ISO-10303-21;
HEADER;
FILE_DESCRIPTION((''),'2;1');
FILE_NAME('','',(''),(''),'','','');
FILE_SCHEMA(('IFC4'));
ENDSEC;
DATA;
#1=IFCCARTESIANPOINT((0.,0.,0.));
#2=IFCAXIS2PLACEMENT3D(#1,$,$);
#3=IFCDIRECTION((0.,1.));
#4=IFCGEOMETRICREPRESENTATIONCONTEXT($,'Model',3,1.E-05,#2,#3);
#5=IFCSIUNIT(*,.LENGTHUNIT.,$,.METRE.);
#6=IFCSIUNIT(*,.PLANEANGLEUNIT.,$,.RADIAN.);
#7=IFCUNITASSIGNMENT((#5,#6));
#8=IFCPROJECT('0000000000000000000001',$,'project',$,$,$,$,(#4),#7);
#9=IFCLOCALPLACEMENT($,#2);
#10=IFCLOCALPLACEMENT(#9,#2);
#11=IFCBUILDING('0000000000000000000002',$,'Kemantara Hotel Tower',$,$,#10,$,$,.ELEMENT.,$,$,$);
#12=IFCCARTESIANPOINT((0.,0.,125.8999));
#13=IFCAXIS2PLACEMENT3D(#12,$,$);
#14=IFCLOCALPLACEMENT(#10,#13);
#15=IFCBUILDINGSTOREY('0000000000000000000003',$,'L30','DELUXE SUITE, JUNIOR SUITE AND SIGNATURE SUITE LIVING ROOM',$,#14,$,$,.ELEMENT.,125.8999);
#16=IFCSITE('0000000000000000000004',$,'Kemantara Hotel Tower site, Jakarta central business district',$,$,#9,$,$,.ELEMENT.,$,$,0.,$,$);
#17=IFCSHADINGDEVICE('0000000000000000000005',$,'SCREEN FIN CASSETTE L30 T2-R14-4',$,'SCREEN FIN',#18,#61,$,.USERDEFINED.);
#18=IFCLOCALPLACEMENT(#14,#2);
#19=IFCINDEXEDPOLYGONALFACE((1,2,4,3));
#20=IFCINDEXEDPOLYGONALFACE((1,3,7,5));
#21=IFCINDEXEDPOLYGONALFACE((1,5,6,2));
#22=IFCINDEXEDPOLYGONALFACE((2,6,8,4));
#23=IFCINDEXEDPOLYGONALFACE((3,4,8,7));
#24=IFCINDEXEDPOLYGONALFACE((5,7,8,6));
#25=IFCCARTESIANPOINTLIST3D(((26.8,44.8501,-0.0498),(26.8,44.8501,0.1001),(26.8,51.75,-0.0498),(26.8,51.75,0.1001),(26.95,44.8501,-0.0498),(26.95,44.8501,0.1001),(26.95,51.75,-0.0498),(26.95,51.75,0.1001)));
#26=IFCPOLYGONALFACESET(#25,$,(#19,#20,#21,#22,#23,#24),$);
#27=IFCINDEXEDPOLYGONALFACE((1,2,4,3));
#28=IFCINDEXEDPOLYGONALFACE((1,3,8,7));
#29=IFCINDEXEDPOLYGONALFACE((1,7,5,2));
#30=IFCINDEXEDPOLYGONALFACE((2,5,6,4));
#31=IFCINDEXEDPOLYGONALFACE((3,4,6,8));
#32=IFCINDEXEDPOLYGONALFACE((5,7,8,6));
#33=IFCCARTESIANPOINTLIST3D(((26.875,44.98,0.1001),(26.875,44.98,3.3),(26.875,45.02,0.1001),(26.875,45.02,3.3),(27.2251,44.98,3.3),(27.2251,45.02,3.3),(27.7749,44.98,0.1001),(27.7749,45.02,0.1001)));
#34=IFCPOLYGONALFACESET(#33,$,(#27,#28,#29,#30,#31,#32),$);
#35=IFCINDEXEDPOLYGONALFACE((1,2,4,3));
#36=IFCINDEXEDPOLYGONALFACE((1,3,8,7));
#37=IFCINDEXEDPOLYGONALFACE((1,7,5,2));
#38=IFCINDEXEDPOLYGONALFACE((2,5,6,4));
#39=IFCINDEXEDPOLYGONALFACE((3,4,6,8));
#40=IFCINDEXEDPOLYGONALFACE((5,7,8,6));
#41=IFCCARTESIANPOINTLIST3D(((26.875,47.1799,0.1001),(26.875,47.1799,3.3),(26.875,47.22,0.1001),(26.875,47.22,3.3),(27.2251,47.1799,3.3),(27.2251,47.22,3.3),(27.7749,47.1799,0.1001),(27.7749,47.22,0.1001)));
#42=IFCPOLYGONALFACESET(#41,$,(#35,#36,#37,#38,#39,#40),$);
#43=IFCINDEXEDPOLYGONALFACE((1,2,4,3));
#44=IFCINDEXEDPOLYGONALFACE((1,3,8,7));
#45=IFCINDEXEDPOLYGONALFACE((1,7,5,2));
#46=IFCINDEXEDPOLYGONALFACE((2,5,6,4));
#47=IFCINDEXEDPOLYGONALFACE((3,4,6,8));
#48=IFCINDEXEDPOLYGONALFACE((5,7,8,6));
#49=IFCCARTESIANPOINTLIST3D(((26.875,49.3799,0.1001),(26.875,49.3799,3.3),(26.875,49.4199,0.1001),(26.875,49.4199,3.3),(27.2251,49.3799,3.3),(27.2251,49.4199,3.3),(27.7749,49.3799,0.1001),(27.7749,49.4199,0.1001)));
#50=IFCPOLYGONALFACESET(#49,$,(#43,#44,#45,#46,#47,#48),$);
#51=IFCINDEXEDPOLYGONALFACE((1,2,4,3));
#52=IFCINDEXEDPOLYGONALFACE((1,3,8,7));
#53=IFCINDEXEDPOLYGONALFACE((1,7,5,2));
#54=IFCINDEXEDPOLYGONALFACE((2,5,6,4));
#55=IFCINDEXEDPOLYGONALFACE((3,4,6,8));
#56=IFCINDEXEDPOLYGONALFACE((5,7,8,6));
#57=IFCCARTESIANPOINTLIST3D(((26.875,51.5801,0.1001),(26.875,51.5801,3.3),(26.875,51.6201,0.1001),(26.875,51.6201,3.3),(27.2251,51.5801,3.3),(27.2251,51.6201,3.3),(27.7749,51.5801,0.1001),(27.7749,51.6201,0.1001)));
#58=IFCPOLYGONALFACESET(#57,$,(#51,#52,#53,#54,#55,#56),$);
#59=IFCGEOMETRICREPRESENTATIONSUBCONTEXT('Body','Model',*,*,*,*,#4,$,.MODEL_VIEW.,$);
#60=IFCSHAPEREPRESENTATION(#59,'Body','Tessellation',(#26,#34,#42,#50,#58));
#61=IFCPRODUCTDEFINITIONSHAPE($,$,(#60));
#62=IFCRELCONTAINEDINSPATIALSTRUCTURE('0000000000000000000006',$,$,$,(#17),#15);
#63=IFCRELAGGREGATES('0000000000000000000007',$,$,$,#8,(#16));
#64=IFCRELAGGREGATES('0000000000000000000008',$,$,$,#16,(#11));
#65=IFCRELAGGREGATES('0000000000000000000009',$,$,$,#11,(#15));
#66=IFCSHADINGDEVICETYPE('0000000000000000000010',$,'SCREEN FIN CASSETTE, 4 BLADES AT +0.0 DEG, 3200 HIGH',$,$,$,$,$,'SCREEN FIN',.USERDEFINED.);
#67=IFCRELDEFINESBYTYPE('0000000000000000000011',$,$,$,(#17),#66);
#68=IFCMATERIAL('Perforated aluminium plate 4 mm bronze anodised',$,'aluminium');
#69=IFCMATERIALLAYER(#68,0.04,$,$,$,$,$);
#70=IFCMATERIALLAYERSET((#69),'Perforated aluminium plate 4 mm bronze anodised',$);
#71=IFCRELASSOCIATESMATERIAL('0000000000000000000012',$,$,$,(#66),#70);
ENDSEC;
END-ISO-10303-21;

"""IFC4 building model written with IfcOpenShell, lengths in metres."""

from ifc_helpers import new_model, si_unit, direction, frame, origin, origin_2d, place, context, subcontext, project, spatial, polyline, rectangle, outline, extrude, source, transform, mapped, material, layer, layer_set, type_object, element, save


model = new_model("IFC4")

# Units and contexts
model_context = context("Model", 3, precision=1e-05, world=origin(), true_north=direction((0.0, 1.0)))
body_context = subcontext(model_context, "Body", "Model", "MODEL_VIEW")
ifc_project = project(units=[si_unit("LENGTHUNIT", "METRE"), si_unit("PLANEANGLEUNIT", "RADIAN")], contexts=[model_context])

# Site, building, storey
site_placement = place(None, origin())
site = spatial("IfcSite", under=ifc_project, at=site_placement, Name="Kemantara Hotel Tower site, Jakarta central business district", CompositionType="ELEMENT", RefElevation=0.0)
building_placement = place(site_placement, origin())
building = spatial("IfcBuilding", under=site, at=building_placement, Name="Kemantara Hotel Tower", CompositionType="ELEMENT")
storey_placement = place(building_placement, frame((0.0, 0.0, 125.8999)))
storey = spatial("IfcBuildingStorey", under=building, at=storey_placement, Name="L30", Description="DELUXE SUITE, JUNIOR SUITE AND SIGNATURE SUITE LIVING ROOM", CompositionType="ELEMENT", Elevation=125.8999)

# Shading device
ifc_material_1 = material(Name="Perforated aluminium plate 4 mm bronze anodised", Category="aluminium")
ifc_layer_1 = layer(ifc_material_1, 0.04)
ifc_layer_set_1 = layer_set([ifc_layer_1], Name="Perforated aluminium plate 4 mm bronze anodised")
shading_device_type_1 = type_object("IfcShadingDeviceType", Name="SCREEN FIN CASSETTE, 4 BLADES AT +0.0 DEG, 3200 HIGH", ElementType="SCREEN FIN", PredefinedType="USERDEFINED", material=ifc_layer_set_1)
shared_shape_1 = source(origin(), body_context, "Body", "SweptSolid", [
    extrude(rectangle(XDim=6.8999, YDim=0.1499, at=origin_2d()), frame((3.3, -0.075, -0.1499), z_axis=(0.0, 0.0, 1.0), x_axis=(1.0, 0.0, 0.0)), (0.0, 0.0, 1.0), 0.1499),
    extrude(outline(polyline([(0.0, 0.0), (0.8999, 0.0), (0.3501, 3.2), (0.0, 3.2), (0.0, 0.0)])), frame((0.02, -0.075, 0.0), z_axis=(-1.0, 0.0, 0.0), x_axis=(0.0, -1.0, 0.0)), (0.0, 0.0, 1.0), 0.04),
    extrude(outline(polyline([(0.0, 0.0), (0.8999, 0.0), (0.3501, 3.2), (0.0, 3.2), (0.0, 0.0)])), frame((2.22, -0.075, 0.0), z_axis=(-1.0, 0.0, 0.0), x_axis=(0.0, -1.0, 0.0)), (0.0, 0.0, 1.0), 0.04),
    extrude(outline(polyline([(0.0, 0.0), (0.8999, 0.0), (0.3501, 3.2), (0.0, 3.2), (0.0, 0.0)])), frame((4.4199, -0.075, 0.0), z_axis=(-1.0, 0.0, 0.0), x_axis=(0.0, -1.0, 0.0)), (0.0, 0.0, 1.0), 0.04),
    extrude(outline(polyline([(0.0, 0.0), (0.8999, 0.0), (0.3501, 3.2), (0.0, 3.2), (0.0, 0.0)])), frame((6.6201, -0.075, 0.0), z_axis=(-1.0, 0.0, 0.0), x_axis=(0.0, -1.0, 0.0)), (0.0, 0.0, 1.0), 0.04),
])
shading_device_1_placement = place(storey_placement, frame((26.8, 45.0, 0.1001), z_axis=(0.0, 0.0, 1.0), x_axis=(0.0, 1.0, 0.0)))
element("IfcShadingDevice", 1, at=shading_device_1_placement, inside=storey, type_object=shading_device_type_1, Name="SCREEN FIN CASSETTE L30 T2-R14-4", ObjectType="SCREEN FIN", PredefinedType="USERDEFINED", context=body_context, shape_type="MappedRepresentation", body=[
    mapped(shared_shape_1, transform((0.0, 0.0, 0.0))),
])

save(model, "model.ifc")
